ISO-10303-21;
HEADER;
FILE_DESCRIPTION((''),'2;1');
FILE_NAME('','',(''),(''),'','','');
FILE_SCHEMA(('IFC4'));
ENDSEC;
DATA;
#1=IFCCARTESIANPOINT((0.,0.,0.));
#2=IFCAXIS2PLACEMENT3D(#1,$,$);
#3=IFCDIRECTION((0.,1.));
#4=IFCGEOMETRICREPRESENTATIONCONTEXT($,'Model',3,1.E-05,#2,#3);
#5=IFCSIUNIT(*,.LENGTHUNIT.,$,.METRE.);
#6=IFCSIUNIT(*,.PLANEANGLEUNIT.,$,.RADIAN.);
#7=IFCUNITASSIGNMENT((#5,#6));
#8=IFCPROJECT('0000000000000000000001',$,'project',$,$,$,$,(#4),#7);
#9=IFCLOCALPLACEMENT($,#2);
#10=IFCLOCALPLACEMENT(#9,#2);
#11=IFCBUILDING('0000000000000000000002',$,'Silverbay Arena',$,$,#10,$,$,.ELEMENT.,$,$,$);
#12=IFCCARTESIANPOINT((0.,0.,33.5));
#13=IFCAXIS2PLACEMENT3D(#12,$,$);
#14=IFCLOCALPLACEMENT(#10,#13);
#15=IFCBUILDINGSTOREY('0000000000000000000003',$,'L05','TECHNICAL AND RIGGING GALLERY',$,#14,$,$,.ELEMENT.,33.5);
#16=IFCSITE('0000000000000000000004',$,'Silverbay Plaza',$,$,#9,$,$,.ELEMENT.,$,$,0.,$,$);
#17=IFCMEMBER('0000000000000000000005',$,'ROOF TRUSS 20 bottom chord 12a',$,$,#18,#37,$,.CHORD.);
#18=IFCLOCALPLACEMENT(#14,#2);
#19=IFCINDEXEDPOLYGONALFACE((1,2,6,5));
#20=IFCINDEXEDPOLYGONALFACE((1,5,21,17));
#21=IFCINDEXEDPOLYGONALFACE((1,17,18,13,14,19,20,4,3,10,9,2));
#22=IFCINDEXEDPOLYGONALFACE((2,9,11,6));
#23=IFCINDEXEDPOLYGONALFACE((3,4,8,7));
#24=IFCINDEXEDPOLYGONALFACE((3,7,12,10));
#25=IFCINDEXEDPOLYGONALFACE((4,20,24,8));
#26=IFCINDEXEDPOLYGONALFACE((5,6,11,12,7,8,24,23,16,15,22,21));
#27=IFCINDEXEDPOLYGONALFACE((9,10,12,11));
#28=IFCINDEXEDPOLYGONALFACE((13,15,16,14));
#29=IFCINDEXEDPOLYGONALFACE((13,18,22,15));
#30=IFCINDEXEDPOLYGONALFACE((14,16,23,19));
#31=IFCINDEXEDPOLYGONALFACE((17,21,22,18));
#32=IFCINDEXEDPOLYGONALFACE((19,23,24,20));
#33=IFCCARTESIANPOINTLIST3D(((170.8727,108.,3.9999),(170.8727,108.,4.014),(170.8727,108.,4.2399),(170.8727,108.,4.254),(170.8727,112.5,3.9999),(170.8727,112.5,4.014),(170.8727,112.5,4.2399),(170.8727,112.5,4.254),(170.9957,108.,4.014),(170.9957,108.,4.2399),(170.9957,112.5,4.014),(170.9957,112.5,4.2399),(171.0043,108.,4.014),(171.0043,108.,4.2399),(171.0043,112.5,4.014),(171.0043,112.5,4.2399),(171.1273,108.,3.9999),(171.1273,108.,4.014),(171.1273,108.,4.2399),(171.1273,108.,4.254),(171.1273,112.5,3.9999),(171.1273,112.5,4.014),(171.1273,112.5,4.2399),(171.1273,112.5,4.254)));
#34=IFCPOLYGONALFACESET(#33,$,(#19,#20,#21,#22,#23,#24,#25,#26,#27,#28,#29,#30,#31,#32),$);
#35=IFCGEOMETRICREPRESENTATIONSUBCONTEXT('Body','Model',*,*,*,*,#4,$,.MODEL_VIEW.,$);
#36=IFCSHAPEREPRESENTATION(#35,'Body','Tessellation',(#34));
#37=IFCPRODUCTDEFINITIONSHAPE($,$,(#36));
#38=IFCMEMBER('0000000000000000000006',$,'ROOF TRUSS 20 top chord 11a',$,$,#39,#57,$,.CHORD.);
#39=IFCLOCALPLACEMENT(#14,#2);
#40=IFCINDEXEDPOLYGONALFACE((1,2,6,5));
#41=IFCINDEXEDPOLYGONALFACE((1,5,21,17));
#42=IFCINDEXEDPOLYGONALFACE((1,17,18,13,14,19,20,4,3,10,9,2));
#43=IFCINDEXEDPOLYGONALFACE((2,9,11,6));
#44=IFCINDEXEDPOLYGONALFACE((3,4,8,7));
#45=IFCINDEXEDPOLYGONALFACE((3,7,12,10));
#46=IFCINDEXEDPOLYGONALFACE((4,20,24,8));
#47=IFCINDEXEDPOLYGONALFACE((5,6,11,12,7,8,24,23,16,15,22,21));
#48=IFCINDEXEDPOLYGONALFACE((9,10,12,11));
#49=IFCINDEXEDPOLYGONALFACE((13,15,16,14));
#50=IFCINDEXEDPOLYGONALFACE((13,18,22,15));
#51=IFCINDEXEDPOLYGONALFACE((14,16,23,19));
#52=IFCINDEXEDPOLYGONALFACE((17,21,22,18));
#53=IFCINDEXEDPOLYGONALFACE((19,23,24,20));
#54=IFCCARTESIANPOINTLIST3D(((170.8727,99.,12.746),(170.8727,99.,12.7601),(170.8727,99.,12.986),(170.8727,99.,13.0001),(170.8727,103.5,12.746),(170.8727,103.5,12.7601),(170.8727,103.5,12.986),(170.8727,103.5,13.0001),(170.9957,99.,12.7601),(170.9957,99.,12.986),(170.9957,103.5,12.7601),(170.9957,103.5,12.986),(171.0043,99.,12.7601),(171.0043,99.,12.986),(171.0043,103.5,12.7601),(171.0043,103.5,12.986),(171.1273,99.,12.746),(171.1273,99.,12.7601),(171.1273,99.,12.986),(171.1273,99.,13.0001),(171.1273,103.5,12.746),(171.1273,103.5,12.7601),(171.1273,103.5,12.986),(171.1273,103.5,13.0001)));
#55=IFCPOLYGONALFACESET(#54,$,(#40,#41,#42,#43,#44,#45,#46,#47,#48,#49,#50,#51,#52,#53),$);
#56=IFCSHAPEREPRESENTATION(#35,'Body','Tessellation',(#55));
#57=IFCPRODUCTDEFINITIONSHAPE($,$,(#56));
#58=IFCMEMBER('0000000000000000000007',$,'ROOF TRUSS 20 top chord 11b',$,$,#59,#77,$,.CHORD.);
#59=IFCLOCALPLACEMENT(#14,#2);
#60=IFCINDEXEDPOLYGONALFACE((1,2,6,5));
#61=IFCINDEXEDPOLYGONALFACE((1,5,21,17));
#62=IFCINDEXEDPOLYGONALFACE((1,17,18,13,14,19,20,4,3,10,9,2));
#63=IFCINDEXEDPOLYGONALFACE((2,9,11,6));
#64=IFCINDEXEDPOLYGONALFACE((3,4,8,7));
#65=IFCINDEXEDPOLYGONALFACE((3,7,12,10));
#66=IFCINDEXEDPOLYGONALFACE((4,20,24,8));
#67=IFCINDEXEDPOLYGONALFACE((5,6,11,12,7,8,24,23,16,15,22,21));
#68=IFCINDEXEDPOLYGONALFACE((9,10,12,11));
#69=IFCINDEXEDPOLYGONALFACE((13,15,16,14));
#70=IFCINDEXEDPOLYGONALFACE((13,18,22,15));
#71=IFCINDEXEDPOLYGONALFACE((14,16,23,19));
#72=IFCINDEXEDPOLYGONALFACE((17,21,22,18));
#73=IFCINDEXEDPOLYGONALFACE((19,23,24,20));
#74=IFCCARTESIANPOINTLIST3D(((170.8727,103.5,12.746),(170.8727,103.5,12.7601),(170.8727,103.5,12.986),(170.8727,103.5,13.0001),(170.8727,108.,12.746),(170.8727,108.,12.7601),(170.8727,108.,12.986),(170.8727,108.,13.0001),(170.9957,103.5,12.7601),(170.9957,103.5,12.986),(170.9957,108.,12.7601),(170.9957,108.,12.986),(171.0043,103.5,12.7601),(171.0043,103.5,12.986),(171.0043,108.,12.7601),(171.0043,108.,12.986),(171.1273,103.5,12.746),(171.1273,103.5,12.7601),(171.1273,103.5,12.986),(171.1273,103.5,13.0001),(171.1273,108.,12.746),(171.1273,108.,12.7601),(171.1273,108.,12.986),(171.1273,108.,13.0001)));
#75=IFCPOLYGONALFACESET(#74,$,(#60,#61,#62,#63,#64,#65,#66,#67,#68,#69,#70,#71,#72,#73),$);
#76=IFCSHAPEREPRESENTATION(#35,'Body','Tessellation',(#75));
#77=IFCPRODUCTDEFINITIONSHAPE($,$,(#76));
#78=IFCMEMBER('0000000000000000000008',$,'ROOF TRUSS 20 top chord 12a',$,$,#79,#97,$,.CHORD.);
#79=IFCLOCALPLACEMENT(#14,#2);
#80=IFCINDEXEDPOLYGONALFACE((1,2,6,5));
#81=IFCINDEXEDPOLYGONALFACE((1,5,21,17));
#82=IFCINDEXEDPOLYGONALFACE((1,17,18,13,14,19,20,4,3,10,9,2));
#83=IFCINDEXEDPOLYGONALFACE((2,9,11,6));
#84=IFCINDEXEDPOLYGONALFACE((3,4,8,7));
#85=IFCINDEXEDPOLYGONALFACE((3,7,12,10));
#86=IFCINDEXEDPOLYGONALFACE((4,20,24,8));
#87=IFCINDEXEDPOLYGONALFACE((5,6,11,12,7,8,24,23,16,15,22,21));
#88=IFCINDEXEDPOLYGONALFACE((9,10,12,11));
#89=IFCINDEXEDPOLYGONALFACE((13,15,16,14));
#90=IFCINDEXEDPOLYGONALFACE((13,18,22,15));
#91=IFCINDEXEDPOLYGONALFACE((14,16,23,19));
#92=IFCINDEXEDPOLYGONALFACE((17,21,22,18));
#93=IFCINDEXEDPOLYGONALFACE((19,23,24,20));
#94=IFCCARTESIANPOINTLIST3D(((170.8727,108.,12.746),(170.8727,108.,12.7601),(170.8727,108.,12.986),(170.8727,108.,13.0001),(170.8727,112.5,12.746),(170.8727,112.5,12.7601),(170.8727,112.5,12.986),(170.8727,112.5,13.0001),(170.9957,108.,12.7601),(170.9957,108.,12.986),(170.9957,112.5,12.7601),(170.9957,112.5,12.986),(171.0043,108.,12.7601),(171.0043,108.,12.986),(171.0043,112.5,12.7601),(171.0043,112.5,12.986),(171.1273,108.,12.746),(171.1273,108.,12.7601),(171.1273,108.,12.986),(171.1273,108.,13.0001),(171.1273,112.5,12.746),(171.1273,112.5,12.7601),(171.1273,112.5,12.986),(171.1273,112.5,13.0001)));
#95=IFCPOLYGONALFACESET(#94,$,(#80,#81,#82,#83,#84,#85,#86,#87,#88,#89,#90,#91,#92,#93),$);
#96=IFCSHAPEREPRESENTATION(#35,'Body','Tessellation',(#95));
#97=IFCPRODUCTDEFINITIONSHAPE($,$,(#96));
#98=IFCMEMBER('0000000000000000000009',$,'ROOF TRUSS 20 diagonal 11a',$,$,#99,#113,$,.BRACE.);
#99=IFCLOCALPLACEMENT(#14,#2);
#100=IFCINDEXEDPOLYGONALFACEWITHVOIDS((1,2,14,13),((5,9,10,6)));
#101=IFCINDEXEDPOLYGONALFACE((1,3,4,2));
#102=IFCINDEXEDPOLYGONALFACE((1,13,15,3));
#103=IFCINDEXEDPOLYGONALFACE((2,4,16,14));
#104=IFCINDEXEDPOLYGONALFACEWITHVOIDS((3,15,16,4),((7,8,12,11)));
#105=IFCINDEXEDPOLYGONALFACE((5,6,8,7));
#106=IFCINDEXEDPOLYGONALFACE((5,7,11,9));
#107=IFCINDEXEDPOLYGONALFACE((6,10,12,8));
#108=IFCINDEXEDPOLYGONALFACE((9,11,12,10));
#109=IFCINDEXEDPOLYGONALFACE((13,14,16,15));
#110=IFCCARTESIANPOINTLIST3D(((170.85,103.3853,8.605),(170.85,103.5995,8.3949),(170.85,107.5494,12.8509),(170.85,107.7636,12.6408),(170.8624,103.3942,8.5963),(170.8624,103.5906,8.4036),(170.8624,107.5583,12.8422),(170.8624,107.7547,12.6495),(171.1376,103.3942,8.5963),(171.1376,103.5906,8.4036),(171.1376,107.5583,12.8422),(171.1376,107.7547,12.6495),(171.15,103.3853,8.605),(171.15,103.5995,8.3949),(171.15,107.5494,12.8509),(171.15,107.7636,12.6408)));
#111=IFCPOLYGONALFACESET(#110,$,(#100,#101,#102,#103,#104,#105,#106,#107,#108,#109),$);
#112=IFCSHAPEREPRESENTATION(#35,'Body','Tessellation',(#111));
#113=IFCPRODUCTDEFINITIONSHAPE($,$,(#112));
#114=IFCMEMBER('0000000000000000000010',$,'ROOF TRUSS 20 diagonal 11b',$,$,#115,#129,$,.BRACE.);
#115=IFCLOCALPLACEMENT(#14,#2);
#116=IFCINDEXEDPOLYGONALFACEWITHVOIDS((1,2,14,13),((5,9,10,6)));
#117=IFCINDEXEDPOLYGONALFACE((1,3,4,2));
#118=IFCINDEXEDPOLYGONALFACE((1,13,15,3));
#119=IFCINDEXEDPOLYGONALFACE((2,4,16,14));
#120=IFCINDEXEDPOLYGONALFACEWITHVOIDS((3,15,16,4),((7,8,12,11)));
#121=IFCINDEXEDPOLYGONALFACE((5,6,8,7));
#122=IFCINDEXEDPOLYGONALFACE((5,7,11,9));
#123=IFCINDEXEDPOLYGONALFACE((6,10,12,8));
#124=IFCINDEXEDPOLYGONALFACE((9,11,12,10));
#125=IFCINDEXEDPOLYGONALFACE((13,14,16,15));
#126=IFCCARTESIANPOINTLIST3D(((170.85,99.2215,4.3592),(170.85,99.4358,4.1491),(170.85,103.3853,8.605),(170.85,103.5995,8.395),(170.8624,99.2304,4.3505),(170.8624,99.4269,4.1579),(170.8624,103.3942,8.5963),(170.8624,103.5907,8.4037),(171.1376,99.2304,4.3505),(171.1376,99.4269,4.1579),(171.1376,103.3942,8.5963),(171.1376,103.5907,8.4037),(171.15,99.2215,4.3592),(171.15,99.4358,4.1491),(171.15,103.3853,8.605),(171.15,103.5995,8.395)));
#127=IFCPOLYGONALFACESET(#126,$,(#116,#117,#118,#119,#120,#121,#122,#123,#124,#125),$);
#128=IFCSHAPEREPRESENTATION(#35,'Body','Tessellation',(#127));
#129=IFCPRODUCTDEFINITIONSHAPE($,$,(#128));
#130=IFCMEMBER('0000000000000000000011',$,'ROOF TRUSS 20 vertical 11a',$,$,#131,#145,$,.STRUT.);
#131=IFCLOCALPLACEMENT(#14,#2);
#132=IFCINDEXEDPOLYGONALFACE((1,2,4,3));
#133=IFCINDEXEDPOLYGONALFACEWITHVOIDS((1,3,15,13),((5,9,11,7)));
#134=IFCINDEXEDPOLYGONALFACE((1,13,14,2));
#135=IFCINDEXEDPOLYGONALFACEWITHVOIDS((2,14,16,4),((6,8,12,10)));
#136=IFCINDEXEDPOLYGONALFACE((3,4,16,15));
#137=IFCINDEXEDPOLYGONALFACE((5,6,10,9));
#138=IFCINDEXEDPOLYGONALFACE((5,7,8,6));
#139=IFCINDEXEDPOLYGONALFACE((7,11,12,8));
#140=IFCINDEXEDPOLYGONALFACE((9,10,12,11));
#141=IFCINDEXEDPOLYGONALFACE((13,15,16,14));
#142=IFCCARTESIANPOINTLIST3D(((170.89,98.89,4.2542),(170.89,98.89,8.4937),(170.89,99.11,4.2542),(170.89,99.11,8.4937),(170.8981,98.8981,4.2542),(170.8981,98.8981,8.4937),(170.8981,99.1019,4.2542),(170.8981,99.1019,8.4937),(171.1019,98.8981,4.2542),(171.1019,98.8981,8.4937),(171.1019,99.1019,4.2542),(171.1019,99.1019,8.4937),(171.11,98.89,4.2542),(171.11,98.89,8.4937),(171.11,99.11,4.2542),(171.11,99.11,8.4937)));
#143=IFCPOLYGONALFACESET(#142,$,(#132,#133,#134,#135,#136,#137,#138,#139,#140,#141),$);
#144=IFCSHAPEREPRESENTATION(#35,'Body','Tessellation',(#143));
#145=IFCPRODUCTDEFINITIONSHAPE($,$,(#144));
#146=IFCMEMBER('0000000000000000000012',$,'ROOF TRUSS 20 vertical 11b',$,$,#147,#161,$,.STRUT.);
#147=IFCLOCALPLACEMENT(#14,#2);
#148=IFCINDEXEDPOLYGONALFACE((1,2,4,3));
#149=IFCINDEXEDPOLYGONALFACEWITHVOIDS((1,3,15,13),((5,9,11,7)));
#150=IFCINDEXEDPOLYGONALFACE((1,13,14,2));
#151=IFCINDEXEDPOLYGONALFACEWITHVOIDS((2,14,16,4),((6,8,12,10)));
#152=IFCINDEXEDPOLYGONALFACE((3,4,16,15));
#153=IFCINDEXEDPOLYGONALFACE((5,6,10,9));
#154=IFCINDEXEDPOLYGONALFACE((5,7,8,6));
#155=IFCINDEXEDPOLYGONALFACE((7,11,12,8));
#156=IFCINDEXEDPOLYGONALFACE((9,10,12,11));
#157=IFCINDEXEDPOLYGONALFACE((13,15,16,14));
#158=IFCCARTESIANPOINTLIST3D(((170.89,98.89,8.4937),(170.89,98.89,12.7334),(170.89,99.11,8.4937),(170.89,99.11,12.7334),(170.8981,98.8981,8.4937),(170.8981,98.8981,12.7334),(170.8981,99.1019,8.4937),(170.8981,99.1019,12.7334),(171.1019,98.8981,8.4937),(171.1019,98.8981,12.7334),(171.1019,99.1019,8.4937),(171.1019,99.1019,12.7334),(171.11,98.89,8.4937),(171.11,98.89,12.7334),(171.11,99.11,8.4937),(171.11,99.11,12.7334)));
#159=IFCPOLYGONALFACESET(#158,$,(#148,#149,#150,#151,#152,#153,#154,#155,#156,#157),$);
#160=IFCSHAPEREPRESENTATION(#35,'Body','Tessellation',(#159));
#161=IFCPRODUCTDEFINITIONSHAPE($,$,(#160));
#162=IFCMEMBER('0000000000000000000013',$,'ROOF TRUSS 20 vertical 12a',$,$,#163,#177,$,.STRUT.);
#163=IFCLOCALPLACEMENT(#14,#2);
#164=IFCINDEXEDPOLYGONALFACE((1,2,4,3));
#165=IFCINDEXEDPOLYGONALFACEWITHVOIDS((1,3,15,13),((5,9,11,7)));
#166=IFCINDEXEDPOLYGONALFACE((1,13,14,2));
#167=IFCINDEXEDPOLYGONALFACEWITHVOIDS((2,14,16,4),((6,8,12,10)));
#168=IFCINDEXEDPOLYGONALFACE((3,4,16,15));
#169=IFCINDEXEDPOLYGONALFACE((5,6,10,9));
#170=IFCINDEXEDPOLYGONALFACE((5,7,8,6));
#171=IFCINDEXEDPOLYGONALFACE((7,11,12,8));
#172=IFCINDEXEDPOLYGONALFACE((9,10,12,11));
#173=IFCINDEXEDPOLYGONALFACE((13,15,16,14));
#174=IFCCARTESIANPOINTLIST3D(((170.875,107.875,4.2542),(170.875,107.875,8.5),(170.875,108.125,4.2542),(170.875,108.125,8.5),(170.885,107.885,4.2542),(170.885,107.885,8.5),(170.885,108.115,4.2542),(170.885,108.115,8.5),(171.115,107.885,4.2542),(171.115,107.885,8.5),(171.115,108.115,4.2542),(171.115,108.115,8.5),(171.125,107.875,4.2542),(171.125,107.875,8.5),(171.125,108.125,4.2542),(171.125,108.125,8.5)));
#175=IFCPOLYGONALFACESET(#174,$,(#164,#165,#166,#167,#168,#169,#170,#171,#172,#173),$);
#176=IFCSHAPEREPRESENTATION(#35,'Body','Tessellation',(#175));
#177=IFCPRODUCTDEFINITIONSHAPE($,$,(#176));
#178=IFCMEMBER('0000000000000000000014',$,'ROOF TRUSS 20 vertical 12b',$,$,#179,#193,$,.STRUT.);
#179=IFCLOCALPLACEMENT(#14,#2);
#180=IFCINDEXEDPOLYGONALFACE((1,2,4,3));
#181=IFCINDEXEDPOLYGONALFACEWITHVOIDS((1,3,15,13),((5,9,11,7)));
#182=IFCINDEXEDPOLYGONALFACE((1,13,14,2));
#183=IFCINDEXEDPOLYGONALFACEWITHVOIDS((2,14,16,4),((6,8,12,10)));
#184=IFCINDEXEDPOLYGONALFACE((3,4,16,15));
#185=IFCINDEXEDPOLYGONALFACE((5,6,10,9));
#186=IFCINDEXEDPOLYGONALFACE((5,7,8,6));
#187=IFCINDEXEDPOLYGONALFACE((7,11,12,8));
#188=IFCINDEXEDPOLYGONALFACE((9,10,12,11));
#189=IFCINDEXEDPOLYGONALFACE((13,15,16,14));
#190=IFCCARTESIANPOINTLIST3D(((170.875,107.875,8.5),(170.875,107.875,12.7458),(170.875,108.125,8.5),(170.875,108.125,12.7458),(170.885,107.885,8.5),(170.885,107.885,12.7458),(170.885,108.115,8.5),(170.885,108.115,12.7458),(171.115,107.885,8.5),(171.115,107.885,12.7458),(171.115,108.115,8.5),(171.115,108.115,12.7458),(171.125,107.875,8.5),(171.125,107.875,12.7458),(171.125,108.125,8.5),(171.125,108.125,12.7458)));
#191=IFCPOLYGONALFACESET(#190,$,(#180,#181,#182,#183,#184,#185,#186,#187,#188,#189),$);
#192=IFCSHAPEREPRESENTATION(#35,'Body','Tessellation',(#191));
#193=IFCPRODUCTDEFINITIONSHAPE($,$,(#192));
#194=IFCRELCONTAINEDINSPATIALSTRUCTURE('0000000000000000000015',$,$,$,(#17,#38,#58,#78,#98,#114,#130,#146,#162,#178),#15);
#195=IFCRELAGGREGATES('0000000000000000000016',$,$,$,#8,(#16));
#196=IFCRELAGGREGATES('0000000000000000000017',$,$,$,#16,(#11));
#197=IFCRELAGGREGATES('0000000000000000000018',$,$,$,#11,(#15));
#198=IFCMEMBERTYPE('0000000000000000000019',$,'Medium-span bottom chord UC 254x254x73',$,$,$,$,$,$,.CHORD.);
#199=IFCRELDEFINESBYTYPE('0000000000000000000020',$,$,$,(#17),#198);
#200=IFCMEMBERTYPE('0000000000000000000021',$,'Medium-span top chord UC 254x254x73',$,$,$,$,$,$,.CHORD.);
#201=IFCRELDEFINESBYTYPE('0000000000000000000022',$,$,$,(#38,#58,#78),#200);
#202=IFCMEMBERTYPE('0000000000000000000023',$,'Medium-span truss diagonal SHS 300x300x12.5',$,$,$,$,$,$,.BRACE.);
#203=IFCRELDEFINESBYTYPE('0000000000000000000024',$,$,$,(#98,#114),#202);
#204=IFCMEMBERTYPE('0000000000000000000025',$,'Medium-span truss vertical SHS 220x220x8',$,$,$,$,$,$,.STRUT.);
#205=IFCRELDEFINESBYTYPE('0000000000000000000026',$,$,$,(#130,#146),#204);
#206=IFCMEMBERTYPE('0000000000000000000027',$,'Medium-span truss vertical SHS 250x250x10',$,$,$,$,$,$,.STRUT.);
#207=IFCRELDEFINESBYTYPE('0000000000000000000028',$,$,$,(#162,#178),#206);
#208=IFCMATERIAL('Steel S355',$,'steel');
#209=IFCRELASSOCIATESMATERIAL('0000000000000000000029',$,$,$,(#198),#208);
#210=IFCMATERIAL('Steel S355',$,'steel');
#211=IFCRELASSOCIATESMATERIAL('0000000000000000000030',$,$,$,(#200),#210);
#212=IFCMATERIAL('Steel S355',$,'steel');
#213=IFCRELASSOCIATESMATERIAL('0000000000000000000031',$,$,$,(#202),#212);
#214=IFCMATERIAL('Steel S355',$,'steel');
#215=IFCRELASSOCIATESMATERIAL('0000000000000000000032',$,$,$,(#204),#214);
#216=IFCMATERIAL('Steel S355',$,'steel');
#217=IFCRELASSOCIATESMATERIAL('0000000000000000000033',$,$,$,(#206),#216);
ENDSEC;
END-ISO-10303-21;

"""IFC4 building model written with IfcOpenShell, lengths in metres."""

from ifc_helpers import new_model, si_unit, direction, frame, origin, origin_2d, place, context, subcontext, project, spatial, hollow_rectangle, i_section, extrude, material, material_profile, profile_set, type_object, element, save


model = new_model("IFC4")

# Units and contexts
model_context = context("Model", 3, precision=1e-05, world=origin(), true_north=direction((0.0, 1.0)))
body_context = subcontext(model_context, "Body", "Model", "MODEL_VIEW")
ifc_project = project(units=[si_unit("LENGTHUNIT", "METRE"), si_unit("PLANEANGLEUNIT", "RADIAN")], contexts=[model_context])

# Site, building, storey
site_placement = place(None, origin())
site = spatial("IfcSite", under=ifc_project, at=site_placement, Name="Silverbay Plaza", CompositionType="ELEMENT", RefElevation=0.0)
building_placement = place(site_placement, origin())
building = spatial("IfcBuilding", under=site, at=building_placement, Name="Silverbay Arena", CompositionType="ELEMENT")
storey_placement = place(building_placement, frame((0.0, 0.0, 33.5)))
storey = spatial("IfcBuildingStorey", under=building, at=storey_placement, Name="L05", Description="TECHNICAL AND RIGGING GALLERY", CompositionType="ELEMENT", Elevation=33.5)

# Members
ifc_material_1 = material(Name="Steel S355", Category="steel")
ifc_material_profile_1 = material_profile(ifc_material_1, i_section(OverallWidth=0.2546, OverallDepth=0.2542, WebThickness=0.0085, FlangeThickness=0.0142, at=origin_2d()), Name="UC 254x254x73")
ifc_profile_set_1 = profile_set([ifc_material_profile_1], Name="Steel S355")
member_type_1 = type_object("IfcMemberType", Name="Medium-span bottom chord UC 254x254x73", PredefinedType="CHORD", material=ifc_profile_set_1)
for number, where, z_axis, x_axis, name in (
    (1, (171.0, 108.0, 4.127), (0.0, 1.0, 0.0), (-1.0, 0.0, 0.0), "ROOF TRUSS 20 bottom chord 12a"),
):
    element("IfcMember", number, at=place(storey_placement, frame(where, z_axis=z_axis, x_axis=x_axis)), inside=storey, type_object=member_type_1, Name=name, PredefinedType="CHORD", context=body_context, shape_type="SweptSolid", body=[
        extrude(i_section(OverallWidth=0.2546, OverallDepth=0.2542, WebThickness=0.0085, FlangeThickness=0.0142, at=origin_2d()), origin(), (0.0, 0.0, 1.0), 4.5),
    ])
ifc_material_2 = material(Name="Steel S355", Category="steel")
ifc_material_profile_2 = material_profile(ifc_material_2, i_section(OverallWidth=0.2546, OverallDepth=0.2542, WebThickness=0.0085, FlangeThickness=0.0142, at=origin_2d()), Name="UC 254x254x73")
ifc_profile_set_2 = profile_set([ifc_material_profile_2], Name="Steel S355")
member_type_2 = type_object("IfcMemberType", Name="Medium-span top chord UC 254x254x73", PredefinedType="CHORD", material=ifc_profile_set_2)
for number, where, z_axis, x_axis, name in (
    (2, (171.0, 99.0, 12.873), (0.0, 1.0, 0.0), (-1.0, 0.0, 0.0), "ROOF TRUSS 20 top chord 11a"),
    (3, (171.0, 103.5, 12.873), (0.0, 1.0, 0.0), (-1.0, 0.0, 0.0), "ROOF TRUSS 20 top chord 11b"),
    (4, (171.0, 108.0, 12.873), (0.0, 1.0, 0.0), (-1.0, 0.0, 0.0), "ROOF TRUSS 20 top chord 12a"),
):
    element("IfcMember", number, at=place(storey_placement, frame(where, z_axis=z_axis, x_axis=x_axis)), inside=storey, type_object=member_type_2, Name=name, PredefinedType="CHORD", context=body_context, shape_type="SweptSolid", body=[
        extrude(i_section(OverallWidth=0.2546, OverallDepth=0.2542, WebThickness=0.0085, FlangeThickness=0.0142, at=origin_2d()), origin(), (0.0, 0.0, 1.0), 4.5),
    ])
ifc_material_3 = material(Name="Steel S355", Category="steel")
ifc_material_profile_3 = material_profile(ifc_material_3, hollow_rectangle(XDim=0.3, YDim=0.3, WallThickness=0.0125, at=origin_2d()), Name="SHS 300x300x12.5")
ifc_profile_set_3 = profile_set([ifc_material_profile_3], Name="Steel S355")
member_type_3 = type_object("IfcMemberType", Name="Medium-span truss diagonal SHS 300x300x12.5", PredefinedType="BRACE", material=ifc_profile_set_3)
member_1_placement = place(storey_placement, frame((171.0, 107.6565, 12.7458), z_axis=(0.0, -0.700197, -0.71395), x_axis=(1.0, 0.0, 0.0)))
element("IfcMember", 5, at=member_1_placement, inside=storey, type_object=member_type_3, Name="ROOF TRUSS 20 diagonal 11a", PredefinedType="BRACE", context=body_context, shape_type="SweptSolid", body=[
    extrude(hollow_rectangle(XDim=0.3, YDim=0.3, WallThickness=0.0125, at=origin_2d()), origin(), (0.0, 0.0, 1.0), 5.947),
])
member_2_placement = place(storey_placement, frame((171.0, 103.4924, 8.5), z_axis=(0.0, -0.700176, -0.71397), x_axis=(1.0, 0.0, 0.0)))
element("IfcMember", 6, at=member_2_placement, inside=storey, type_object=member_type_3, Name="ROOF TRUSS 20 diagonal 11b", PredefinedType="BRACE", context=body_context, shape_type="SweptSolid", body=[
    extrude(hollow_rectangle(XDim=0.3, YDim=0.3, WallThickness=0.0125, at=origin_2d()), origin(), (0.0, 0.0, 1.0), 5.9468),
])
ifc_material_4 = material(Name="Steel S355", Category="steel")
ifc_material_profile_4 = material_profile(ifc_material_4, hollow_rectangle(XDim=0.22, YDim=0.22, WallThickness=0.0081, at=origin_2d()), Name="SHS 220x220x8")
ifc_profile_set_4 = profile_set([ifc_material_profile_4], Name="Steel S355")
member_type_4 = type_object("IfcMemberType", Name="Medium-span truss vertical SHS 220x220x8", PredefinedType="STRUT", material=ifc_profile_set_4)
member_3_placement = place(storey_placement, frame((171.0, 99.0, 4.2542), z_axis=(0.0, 0.0, 1.0), x_axis=(1.0, 0.0, 0.0)))
element("IfcMember", 7, at=member_3_placement, inside=storey, type_object=member_type_4, Name="ROOF TRUSS 20 vertical 11a", PredefinedType="STRUT", context=body_context, shape_type="SweptSolid", body=[
    extrude(hollow_rectangle(XDim=0.22, YDim=0.22, WallThickness=0.0081, at=origin_2d()), origin(), (0.0, 0.0, 1.0), 4.2395),
])
member_4_placement = place(storey_placement, frame((171.0, 99.0, 8.4937), z_axis=(0.0, 0.0, 1.0), x_axis=(1.0, 0.0, 0.0)))
element("IfcMember", 8, at=member_4_placement, inside=storey, type_object=member_type_4, Name="ROOF TRUSS 20 vertical 11b", PredefinedType="STRUT", context=body_context, shape_type="SweptSolid", body=[
    extrude(hollow_rectangle(XDim=0.22, YDim=0.22, WallThickness=0.0081, at=origin_2d()), origin(), (0.0, 0.0, 1.0), 4.2397),
])
ifc_material_5 = material(Name="Steel S355", Category="steel")
ifc_material_profile_5 = material_profile(ifc_material_5, hollow_rectangle(XDim=0.25, YDim=0.25, WallThickness=0.01, at=origin_2d()), Name="SHS 250x250x10")
ifc_profile_set_5 = profile_set([ifc_material_profile_5], Name="Steel S355")
member_type_5 = type_object("IfcMemberType", Name="Medium-span truss vertical SHS 250x250x10", PredefinedType="STRUT", material=ifc_profile_set_5)
for number, where, z_axis, x_axis, name in (
    (9, (171.0, 108.0, 4.2542), (0.0, 0.0, 1.0), (1.0, 0.0, 0.0), "ROOF TRUSS 20 vertical 12a"),
    (10, (171.0, 108.0, 8.5), (0.0, 0.0, 1.0), (1.0, 0.0, 0.0), "ROOF TRUSS 20 vertical 12b"),
):
    element("IfcMember", number, at=place(storey_placement, frame(where, z_axis=z_axis, x_axis=x_axis)), inside=storey, type_object=member_type_5, Name=name, PredefinedType="STRUT", context=body_context, shape_type="SweptSolid", body=[
        extrude(hollow_rectangle(XDim=0.25, YDim=0.25, WallThickness=0.01, at=origin_2d()), origin(), (0.0, 0.0, 1.0), 4.2458),
    ])

save(model, "model.ifc")
